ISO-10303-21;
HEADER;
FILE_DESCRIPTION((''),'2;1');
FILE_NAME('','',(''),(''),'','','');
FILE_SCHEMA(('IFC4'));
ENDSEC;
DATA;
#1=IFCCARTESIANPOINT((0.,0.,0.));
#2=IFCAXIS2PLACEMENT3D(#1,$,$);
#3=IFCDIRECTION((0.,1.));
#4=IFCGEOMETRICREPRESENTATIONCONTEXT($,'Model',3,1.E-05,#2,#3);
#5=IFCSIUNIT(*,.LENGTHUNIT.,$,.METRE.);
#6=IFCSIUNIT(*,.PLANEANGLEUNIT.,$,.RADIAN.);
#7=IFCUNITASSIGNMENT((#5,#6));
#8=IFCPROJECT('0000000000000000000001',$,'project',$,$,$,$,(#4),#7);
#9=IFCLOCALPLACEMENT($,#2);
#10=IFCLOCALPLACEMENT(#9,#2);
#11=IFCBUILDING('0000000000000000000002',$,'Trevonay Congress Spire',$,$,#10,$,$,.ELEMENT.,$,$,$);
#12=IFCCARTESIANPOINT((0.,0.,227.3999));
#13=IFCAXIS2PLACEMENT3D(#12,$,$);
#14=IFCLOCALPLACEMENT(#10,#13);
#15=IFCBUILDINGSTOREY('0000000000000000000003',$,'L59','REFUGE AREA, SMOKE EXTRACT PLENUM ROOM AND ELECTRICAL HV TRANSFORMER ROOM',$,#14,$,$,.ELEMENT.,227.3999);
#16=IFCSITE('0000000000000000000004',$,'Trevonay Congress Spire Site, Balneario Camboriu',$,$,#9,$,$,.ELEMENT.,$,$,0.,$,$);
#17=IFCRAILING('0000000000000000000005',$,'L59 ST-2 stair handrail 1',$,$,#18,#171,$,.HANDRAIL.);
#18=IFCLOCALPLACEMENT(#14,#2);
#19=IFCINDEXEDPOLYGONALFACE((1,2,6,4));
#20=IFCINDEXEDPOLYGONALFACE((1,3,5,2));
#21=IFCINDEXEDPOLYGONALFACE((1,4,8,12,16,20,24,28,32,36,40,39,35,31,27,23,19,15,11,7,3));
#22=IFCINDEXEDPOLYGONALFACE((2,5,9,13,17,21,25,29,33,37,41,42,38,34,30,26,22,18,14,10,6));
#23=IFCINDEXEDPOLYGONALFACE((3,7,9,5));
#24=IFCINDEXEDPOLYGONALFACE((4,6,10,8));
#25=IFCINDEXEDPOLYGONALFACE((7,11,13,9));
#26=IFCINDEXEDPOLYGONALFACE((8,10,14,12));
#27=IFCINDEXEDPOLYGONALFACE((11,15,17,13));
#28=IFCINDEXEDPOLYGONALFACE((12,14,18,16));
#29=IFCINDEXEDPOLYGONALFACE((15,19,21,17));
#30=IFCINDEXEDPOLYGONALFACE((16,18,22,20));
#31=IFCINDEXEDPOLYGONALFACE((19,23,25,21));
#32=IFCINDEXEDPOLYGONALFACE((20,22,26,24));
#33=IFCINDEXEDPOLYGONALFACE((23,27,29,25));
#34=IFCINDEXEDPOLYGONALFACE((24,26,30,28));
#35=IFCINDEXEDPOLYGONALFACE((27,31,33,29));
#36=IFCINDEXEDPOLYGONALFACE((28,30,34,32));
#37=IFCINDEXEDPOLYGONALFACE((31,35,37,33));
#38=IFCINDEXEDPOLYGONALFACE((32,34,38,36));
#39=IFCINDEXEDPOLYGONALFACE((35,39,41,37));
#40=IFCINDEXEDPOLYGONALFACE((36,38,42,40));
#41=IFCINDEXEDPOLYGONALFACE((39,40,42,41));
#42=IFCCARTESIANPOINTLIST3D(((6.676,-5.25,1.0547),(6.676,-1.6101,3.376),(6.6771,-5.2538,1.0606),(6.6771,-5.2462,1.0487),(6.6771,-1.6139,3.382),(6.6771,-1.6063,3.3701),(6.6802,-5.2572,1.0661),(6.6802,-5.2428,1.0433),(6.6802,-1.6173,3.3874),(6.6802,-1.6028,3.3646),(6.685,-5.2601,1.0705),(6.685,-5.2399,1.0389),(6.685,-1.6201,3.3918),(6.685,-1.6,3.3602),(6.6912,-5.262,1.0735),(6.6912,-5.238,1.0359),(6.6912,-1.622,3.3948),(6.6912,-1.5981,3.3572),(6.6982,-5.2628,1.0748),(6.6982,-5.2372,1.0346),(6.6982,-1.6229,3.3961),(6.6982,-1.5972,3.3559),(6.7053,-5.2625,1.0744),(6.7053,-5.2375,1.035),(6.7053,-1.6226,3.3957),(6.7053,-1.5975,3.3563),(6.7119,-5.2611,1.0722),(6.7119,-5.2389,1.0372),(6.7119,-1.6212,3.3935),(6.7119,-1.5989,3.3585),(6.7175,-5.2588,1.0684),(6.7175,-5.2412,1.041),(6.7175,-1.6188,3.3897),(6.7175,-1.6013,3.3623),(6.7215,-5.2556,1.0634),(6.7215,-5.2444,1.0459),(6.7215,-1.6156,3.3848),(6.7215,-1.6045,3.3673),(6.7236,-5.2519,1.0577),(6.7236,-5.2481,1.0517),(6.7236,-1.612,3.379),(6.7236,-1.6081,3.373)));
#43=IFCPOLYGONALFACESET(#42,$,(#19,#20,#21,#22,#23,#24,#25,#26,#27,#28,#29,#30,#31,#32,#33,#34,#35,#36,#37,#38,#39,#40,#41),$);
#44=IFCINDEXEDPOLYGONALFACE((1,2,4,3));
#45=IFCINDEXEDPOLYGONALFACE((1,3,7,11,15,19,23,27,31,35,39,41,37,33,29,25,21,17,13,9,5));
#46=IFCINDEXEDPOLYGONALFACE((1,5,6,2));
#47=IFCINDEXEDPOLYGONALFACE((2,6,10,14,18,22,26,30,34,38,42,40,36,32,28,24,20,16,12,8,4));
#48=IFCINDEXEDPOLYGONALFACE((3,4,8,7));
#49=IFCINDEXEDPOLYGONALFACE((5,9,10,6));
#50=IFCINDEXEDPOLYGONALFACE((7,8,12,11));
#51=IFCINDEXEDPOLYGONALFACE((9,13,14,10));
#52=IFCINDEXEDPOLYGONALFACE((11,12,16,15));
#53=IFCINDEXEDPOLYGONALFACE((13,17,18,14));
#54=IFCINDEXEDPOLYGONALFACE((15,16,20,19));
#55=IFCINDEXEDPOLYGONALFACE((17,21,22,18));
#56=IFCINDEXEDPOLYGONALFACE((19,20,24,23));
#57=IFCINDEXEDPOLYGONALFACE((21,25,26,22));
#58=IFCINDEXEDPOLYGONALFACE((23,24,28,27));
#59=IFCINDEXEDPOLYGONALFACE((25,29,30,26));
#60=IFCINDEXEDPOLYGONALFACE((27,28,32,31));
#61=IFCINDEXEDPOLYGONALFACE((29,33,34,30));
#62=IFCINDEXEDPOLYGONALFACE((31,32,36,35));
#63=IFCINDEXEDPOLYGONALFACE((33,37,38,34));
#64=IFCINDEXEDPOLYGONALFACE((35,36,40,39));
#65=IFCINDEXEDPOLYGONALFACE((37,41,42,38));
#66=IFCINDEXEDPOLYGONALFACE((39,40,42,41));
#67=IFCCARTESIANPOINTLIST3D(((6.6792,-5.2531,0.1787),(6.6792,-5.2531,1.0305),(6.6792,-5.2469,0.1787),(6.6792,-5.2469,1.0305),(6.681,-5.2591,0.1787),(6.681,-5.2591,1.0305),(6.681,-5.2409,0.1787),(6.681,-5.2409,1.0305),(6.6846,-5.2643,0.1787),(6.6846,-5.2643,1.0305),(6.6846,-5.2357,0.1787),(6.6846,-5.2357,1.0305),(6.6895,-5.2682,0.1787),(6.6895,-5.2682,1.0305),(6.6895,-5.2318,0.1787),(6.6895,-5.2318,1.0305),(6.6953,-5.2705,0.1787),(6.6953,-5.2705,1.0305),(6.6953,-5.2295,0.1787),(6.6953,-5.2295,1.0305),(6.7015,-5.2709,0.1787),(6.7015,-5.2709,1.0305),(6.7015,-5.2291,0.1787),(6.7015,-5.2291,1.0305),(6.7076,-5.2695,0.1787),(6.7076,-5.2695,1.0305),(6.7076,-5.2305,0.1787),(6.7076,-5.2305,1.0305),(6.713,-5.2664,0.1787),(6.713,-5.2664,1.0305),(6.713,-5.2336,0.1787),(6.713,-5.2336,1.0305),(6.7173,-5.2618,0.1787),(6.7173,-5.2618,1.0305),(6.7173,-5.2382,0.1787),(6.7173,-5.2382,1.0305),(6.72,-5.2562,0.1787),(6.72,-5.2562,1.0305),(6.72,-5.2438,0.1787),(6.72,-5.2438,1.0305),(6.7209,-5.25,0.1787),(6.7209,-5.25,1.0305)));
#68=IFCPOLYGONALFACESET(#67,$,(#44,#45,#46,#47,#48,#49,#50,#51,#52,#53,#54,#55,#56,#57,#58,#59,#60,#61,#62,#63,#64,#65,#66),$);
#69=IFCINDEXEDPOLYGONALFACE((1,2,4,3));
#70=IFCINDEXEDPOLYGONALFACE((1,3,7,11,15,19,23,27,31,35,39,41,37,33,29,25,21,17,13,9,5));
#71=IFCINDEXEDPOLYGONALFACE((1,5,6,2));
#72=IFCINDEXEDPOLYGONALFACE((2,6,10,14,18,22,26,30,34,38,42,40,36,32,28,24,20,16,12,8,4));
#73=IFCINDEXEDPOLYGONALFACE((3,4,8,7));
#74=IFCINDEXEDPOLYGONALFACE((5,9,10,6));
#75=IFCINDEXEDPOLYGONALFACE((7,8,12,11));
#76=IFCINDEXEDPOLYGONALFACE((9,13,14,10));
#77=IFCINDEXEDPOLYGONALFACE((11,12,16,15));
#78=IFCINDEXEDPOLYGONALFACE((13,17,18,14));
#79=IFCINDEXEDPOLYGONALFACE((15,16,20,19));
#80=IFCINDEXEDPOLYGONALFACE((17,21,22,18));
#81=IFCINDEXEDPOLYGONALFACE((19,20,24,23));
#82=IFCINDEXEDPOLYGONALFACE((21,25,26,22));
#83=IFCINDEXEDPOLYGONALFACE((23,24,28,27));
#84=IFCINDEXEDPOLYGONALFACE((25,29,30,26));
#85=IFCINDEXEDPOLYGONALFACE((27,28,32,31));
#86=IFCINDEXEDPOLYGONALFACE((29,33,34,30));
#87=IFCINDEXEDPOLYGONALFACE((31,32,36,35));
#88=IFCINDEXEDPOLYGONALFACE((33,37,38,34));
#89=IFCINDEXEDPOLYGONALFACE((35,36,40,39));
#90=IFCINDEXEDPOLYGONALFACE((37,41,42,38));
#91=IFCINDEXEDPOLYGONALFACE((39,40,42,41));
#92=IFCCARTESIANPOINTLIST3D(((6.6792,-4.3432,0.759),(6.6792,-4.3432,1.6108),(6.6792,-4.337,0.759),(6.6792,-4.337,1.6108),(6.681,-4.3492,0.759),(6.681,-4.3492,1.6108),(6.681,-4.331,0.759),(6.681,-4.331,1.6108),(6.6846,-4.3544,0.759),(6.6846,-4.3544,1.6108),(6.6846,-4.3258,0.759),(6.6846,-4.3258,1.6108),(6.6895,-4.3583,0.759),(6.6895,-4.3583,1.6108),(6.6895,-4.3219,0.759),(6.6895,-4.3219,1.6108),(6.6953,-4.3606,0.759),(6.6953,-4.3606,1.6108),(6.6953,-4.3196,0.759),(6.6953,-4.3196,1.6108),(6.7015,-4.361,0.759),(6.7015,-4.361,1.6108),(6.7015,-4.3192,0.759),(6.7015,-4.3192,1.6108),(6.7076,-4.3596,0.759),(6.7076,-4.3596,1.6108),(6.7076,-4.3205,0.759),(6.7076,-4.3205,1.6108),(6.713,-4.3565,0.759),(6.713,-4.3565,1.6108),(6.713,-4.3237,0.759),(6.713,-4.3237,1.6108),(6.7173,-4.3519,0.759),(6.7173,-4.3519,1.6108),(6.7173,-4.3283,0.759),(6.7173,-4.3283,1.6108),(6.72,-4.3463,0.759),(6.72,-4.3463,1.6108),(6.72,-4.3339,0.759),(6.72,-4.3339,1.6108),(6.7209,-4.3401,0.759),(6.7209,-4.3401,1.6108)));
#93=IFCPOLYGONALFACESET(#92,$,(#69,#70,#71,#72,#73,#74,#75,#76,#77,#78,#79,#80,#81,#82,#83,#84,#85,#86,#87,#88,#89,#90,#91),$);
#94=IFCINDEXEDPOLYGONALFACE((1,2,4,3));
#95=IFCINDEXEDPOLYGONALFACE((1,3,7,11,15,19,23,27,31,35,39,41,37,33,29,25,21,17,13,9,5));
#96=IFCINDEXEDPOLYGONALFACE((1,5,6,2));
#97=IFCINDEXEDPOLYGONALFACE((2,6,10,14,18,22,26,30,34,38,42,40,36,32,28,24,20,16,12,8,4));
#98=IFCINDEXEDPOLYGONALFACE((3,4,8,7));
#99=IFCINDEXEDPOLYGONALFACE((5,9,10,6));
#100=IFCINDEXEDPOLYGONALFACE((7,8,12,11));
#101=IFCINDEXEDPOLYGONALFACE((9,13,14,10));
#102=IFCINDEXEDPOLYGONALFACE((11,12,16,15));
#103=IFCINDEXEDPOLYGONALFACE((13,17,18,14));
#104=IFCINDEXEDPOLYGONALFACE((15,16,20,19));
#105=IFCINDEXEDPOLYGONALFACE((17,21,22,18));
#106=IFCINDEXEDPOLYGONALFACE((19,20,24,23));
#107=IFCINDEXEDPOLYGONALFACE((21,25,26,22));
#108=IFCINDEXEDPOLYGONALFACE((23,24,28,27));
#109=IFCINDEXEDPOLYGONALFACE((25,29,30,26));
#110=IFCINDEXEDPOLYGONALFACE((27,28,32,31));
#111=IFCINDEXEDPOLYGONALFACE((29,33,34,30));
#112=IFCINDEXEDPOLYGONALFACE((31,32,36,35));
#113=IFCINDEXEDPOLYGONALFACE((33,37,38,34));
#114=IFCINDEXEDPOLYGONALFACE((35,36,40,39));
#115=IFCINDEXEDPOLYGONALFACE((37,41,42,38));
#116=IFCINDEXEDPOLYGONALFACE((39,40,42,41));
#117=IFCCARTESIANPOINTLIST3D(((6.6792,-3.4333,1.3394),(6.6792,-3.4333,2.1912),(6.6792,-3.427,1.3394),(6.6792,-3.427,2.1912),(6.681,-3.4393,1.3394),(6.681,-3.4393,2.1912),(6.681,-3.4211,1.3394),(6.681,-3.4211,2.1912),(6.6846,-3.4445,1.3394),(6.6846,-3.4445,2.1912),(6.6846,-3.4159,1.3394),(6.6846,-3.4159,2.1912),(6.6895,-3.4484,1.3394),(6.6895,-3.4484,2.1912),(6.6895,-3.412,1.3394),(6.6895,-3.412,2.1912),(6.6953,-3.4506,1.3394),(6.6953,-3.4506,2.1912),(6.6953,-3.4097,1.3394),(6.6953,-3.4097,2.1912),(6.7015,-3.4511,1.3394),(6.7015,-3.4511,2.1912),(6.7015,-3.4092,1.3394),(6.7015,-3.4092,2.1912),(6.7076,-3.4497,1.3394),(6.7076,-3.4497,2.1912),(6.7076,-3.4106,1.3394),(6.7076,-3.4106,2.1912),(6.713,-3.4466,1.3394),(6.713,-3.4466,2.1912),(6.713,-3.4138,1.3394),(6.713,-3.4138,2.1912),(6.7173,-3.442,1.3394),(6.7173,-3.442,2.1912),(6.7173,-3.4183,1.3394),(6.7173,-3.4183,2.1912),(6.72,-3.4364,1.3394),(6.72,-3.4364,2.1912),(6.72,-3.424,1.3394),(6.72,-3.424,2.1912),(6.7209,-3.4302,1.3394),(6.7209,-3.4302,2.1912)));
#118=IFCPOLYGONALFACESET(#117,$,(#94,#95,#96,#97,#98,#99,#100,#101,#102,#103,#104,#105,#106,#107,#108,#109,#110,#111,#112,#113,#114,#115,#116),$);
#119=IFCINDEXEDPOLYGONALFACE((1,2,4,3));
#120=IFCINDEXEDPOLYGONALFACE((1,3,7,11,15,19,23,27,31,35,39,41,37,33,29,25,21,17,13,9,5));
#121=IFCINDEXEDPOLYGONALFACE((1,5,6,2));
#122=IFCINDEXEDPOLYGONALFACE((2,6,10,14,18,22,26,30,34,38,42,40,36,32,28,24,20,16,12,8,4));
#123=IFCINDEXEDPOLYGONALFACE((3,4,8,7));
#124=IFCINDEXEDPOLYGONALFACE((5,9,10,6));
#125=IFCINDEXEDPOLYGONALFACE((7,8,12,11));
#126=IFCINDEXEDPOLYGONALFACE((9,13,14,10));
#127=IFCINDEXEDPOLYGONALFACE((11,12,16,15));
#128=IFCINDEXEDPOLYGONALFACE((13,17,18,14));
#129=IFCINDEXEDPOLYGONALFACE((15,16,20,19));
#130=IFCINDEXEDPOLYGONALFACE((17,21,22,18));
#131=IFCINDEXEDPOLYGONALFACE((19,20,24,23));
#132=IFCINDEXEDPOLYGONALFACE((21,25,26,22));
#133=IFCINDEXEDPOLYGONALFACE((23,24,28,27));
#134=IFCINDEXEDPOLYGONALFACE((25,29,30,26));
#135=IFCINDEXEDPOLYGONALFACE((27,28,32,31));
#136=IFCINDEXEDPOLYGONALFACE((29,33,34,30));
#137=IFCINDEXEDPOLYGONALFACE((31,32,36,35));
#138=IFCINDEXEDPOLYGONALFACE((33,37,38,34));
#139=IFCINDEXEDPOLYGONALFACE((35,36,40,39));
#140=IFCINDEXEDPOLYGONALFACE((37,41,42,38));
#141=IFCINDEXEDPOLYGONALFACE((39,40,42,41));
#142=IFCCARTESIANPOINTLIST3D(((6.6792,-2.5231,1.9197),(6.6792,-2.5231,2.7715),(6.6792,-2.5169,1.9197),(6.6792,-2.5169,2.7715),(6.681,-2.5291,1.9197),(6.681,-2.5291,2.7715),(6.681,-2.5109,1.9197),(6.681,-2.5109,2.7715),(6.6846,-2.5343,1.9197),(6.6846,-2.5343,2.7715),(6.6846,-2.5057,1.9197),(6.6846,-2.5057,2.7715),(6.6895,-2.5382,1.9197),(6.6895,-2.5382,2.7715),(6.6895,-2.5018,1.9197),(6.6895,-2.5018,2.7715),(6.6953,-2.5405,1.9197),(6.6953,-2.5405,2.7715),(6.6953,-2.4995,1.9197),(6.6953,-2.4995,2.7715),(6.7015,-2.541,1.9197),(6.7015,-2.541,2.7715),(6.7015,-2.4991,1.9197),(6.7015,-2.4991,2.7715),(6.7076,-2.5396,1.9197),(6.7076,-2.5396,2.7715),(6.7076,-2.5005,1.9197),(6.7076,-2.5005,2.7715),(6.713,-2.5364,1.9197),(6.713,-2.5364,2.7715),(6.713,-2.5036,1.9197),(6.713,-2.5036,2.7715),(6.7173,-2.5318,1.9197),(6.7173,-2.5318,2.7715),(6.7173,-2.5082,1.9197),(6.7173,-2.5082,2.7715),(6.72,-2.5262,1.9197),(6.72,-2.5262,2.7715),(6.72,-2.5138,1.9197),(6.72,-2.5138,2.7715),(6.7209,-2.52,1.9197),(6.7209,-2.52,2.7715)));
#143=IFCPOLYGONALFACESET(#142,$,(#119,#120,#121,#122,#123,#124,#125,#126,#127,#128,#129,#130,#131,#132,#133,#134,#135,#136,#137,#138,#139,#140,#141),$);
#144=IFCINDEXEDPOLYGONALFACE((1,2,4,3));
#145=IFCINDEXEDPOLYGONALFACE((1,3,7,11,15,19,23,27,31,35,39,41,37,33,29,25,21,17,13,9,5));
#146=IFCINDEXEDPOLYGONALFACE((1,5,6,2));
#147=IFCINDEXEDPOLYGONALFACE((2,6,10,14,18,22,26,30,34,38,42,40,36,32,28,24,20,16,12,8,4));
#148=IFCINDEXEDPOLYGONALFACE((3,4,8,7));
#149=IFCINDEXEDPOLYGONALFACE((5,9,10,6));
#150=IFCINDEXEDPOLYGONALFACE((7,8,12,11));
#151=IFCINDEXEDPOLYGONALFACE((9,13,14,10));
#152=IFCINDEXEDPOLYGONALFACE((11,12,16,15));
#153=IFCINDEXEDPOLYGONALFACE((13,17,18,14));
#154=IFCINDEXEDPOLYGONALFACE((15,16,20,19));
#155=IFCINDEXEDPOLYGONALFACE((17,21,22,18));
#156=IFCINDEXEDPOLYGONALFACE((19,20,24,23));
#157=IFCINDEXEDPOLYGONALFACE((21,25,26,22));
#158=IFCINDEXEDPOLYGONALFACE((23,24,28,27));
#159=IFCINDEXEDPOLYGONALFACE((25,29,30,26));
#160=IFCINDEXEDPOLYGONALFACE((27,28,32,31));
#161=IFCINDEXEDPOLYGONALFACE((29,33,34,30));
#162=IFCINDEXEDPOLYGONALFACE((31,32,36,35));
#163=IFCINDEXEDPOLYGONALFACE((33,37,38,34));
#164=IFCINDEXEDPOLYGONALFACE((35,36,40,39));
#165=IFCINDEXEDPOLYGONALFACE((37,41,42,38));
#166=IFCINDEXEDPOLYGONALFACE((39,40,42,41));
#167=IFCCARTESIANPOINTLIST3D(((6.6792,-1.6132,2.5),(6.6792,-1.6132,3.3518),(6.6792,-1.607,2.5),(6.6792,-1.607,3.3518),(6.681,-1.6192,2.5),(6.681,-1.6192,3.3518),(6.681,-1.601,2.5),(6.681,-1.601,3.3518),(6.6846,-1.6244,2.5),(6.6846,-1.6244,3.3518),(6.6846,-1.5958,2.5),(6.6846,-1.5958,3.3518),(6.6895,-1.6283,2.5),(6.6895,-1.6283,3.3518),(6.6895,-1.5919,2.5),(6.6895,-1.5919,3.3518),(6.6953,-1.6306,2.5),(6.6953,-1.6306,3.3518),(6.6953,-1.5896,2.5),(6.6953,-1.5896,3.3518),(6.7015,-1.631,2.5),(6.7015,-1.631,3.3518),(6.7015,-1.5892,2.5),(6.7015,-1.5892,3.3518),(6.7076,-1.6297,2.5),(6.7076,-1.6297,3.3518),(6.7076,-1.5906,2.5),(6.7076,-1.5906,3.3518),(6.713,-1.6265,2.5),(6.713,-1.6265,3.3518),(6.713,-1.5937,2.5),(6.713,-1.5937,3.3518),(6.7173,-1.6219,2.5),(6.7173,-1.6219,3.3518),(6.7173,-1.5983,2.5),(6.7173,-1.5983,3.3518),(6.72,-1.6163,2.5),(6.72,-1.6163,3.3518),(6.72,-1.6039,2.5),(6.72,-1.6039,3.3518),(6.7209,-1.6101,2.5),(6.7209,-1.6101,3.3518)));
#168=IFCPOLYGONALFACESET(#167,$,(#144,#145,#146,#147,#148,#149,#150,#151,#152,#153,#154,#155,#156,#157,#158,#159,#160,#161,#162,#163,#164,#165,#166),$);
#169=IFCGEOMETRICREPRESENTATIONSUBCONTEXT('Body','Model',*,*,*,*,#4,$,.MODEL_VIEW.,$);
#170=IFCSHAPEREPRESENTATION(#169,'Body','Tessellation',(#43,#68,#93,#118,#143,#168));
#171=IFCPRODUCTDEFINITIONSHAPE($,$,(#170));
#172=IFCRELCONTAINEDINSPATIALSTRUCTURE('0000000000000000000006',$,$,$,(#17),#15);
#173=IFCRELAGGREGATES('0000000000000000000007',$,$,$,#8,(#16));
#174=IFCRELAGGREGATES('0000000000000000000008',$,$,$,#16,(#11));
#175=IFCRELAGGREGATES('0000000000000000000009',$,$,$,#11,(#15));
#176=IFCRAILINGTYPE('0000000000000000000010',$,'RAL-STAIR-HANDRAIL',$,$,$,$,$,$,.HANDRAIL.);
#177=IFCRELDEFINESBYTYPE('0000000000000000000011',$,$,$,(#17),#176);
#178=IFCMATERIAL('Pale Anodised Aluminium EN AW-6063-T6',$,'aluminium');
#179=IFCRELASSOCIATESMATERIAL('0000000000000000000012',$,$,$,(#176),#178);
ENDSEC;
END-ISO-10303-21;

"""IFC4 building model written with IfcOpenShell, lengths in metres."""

from ifc_helpers import new_model, si_unit, direction, frame, origin, origin_2d, place, context, subcontext, project, spatial, circle, extrude, material, type_object, element, save


model = new_model("IFC4")

# Units and contexts
model_context = context("Model", 3, precision=1e-05, world=origin(), true_north=direction((0.0, 1.0)))
body_context = subcontext(model_context, "Body", "Model", "MODEL_VIEW")
ifc_project = project(units=[si_unit("LENGTHUNIT", "METRE"), si_unit("PLANEANGLEUNIT", "RADIAN")], contexts=[model_context])

# Site, building, storey
site_placement = place(None, origin())
site = spatial("IfcSite", under=ifc_project, at=site_placement, Name="Trevonay Congress Spire Site, Balneario Camboriu", CompositionType="ELEMENT", RefElevation=0.0)
building_placement = place(site_placement, origin())
building = spatial("IfcBuilding", under=site, at=building_placement, Name="Trevonay Congress Spire", CompositionType="ELEMENT")
storey_placement = place(building_placement, frame((0.0, 0.0, 227.3999)))
storey = spatial("IfcBuildingStorey", under=building, at=storey_placement, Name="L59", Description="REFUGE AREA, SMOKE EXTRACT PLENUM ROOM AND ELECTRICAL HV TRANSFORMER ROOM", CompositionType="ELEMENT", Elevation=227.3999)

# Shared definitions
ifc_material_1 = material(Name="Pale Anodised Aluminium EN AW-6063-T6", Category="aluminium")

# Railing
railing_type_1 = type_object("IfcRailingType", Name="RAL-STAIR-HANDRAIL", PredefinedType="HANDRAIL", material=ifc_material_1)
railing_1_placement = place(storey_placement, frame((6.7, -5.25, 0.1787)))
element("IfcRailing", 1, at=railing_1_placement, inside=storey, type_object=railing_type_1, Name="L59 ST-2 stair handrail 1", PredefinedType="HANDRAIL", context=body_context, shape_type="SweptSolid", body=[
    extrude(circle(Radius=0.0239, at=origin_2d()), frame((0.0, 0.0, 0.876), z_axis=(0.0, 0.843137, 0.537699), x_axis=(-1.0, 0.0, 0.0)), (0.0, 0.0, 1.0), 4.3171),
    extrude(circle(Radius=0.021, at=origin_2d()), origin(), (0.0, 0.0, 1.0), 0.8518),
    extrude(circle(Radius=0.021, at=origin_2d()), frame((0.0, 0.9099, 0.5803)), (0.0, 0.0, 1.0), 0.8518),
    extrude(circle(Radius=0.021, at=origin_2d()), frame((0.0, 1.8198, 1.1606)), (0.0, 0.0, 1.0), 0.8518),
    extrude(circle(Radius=0.021, at=origin_2d()), frame((0.0, 2.73, 1.741)), (0.0, 0.0, 1.0), 0.8518),
    extrude(circle(Radius=0.021, at=origin_2d()), frame((0.0, 3.6399, 2.3213)), (0.0, 0.0, 1.0), 0.8518),
])

save(model, "model.ifc")
